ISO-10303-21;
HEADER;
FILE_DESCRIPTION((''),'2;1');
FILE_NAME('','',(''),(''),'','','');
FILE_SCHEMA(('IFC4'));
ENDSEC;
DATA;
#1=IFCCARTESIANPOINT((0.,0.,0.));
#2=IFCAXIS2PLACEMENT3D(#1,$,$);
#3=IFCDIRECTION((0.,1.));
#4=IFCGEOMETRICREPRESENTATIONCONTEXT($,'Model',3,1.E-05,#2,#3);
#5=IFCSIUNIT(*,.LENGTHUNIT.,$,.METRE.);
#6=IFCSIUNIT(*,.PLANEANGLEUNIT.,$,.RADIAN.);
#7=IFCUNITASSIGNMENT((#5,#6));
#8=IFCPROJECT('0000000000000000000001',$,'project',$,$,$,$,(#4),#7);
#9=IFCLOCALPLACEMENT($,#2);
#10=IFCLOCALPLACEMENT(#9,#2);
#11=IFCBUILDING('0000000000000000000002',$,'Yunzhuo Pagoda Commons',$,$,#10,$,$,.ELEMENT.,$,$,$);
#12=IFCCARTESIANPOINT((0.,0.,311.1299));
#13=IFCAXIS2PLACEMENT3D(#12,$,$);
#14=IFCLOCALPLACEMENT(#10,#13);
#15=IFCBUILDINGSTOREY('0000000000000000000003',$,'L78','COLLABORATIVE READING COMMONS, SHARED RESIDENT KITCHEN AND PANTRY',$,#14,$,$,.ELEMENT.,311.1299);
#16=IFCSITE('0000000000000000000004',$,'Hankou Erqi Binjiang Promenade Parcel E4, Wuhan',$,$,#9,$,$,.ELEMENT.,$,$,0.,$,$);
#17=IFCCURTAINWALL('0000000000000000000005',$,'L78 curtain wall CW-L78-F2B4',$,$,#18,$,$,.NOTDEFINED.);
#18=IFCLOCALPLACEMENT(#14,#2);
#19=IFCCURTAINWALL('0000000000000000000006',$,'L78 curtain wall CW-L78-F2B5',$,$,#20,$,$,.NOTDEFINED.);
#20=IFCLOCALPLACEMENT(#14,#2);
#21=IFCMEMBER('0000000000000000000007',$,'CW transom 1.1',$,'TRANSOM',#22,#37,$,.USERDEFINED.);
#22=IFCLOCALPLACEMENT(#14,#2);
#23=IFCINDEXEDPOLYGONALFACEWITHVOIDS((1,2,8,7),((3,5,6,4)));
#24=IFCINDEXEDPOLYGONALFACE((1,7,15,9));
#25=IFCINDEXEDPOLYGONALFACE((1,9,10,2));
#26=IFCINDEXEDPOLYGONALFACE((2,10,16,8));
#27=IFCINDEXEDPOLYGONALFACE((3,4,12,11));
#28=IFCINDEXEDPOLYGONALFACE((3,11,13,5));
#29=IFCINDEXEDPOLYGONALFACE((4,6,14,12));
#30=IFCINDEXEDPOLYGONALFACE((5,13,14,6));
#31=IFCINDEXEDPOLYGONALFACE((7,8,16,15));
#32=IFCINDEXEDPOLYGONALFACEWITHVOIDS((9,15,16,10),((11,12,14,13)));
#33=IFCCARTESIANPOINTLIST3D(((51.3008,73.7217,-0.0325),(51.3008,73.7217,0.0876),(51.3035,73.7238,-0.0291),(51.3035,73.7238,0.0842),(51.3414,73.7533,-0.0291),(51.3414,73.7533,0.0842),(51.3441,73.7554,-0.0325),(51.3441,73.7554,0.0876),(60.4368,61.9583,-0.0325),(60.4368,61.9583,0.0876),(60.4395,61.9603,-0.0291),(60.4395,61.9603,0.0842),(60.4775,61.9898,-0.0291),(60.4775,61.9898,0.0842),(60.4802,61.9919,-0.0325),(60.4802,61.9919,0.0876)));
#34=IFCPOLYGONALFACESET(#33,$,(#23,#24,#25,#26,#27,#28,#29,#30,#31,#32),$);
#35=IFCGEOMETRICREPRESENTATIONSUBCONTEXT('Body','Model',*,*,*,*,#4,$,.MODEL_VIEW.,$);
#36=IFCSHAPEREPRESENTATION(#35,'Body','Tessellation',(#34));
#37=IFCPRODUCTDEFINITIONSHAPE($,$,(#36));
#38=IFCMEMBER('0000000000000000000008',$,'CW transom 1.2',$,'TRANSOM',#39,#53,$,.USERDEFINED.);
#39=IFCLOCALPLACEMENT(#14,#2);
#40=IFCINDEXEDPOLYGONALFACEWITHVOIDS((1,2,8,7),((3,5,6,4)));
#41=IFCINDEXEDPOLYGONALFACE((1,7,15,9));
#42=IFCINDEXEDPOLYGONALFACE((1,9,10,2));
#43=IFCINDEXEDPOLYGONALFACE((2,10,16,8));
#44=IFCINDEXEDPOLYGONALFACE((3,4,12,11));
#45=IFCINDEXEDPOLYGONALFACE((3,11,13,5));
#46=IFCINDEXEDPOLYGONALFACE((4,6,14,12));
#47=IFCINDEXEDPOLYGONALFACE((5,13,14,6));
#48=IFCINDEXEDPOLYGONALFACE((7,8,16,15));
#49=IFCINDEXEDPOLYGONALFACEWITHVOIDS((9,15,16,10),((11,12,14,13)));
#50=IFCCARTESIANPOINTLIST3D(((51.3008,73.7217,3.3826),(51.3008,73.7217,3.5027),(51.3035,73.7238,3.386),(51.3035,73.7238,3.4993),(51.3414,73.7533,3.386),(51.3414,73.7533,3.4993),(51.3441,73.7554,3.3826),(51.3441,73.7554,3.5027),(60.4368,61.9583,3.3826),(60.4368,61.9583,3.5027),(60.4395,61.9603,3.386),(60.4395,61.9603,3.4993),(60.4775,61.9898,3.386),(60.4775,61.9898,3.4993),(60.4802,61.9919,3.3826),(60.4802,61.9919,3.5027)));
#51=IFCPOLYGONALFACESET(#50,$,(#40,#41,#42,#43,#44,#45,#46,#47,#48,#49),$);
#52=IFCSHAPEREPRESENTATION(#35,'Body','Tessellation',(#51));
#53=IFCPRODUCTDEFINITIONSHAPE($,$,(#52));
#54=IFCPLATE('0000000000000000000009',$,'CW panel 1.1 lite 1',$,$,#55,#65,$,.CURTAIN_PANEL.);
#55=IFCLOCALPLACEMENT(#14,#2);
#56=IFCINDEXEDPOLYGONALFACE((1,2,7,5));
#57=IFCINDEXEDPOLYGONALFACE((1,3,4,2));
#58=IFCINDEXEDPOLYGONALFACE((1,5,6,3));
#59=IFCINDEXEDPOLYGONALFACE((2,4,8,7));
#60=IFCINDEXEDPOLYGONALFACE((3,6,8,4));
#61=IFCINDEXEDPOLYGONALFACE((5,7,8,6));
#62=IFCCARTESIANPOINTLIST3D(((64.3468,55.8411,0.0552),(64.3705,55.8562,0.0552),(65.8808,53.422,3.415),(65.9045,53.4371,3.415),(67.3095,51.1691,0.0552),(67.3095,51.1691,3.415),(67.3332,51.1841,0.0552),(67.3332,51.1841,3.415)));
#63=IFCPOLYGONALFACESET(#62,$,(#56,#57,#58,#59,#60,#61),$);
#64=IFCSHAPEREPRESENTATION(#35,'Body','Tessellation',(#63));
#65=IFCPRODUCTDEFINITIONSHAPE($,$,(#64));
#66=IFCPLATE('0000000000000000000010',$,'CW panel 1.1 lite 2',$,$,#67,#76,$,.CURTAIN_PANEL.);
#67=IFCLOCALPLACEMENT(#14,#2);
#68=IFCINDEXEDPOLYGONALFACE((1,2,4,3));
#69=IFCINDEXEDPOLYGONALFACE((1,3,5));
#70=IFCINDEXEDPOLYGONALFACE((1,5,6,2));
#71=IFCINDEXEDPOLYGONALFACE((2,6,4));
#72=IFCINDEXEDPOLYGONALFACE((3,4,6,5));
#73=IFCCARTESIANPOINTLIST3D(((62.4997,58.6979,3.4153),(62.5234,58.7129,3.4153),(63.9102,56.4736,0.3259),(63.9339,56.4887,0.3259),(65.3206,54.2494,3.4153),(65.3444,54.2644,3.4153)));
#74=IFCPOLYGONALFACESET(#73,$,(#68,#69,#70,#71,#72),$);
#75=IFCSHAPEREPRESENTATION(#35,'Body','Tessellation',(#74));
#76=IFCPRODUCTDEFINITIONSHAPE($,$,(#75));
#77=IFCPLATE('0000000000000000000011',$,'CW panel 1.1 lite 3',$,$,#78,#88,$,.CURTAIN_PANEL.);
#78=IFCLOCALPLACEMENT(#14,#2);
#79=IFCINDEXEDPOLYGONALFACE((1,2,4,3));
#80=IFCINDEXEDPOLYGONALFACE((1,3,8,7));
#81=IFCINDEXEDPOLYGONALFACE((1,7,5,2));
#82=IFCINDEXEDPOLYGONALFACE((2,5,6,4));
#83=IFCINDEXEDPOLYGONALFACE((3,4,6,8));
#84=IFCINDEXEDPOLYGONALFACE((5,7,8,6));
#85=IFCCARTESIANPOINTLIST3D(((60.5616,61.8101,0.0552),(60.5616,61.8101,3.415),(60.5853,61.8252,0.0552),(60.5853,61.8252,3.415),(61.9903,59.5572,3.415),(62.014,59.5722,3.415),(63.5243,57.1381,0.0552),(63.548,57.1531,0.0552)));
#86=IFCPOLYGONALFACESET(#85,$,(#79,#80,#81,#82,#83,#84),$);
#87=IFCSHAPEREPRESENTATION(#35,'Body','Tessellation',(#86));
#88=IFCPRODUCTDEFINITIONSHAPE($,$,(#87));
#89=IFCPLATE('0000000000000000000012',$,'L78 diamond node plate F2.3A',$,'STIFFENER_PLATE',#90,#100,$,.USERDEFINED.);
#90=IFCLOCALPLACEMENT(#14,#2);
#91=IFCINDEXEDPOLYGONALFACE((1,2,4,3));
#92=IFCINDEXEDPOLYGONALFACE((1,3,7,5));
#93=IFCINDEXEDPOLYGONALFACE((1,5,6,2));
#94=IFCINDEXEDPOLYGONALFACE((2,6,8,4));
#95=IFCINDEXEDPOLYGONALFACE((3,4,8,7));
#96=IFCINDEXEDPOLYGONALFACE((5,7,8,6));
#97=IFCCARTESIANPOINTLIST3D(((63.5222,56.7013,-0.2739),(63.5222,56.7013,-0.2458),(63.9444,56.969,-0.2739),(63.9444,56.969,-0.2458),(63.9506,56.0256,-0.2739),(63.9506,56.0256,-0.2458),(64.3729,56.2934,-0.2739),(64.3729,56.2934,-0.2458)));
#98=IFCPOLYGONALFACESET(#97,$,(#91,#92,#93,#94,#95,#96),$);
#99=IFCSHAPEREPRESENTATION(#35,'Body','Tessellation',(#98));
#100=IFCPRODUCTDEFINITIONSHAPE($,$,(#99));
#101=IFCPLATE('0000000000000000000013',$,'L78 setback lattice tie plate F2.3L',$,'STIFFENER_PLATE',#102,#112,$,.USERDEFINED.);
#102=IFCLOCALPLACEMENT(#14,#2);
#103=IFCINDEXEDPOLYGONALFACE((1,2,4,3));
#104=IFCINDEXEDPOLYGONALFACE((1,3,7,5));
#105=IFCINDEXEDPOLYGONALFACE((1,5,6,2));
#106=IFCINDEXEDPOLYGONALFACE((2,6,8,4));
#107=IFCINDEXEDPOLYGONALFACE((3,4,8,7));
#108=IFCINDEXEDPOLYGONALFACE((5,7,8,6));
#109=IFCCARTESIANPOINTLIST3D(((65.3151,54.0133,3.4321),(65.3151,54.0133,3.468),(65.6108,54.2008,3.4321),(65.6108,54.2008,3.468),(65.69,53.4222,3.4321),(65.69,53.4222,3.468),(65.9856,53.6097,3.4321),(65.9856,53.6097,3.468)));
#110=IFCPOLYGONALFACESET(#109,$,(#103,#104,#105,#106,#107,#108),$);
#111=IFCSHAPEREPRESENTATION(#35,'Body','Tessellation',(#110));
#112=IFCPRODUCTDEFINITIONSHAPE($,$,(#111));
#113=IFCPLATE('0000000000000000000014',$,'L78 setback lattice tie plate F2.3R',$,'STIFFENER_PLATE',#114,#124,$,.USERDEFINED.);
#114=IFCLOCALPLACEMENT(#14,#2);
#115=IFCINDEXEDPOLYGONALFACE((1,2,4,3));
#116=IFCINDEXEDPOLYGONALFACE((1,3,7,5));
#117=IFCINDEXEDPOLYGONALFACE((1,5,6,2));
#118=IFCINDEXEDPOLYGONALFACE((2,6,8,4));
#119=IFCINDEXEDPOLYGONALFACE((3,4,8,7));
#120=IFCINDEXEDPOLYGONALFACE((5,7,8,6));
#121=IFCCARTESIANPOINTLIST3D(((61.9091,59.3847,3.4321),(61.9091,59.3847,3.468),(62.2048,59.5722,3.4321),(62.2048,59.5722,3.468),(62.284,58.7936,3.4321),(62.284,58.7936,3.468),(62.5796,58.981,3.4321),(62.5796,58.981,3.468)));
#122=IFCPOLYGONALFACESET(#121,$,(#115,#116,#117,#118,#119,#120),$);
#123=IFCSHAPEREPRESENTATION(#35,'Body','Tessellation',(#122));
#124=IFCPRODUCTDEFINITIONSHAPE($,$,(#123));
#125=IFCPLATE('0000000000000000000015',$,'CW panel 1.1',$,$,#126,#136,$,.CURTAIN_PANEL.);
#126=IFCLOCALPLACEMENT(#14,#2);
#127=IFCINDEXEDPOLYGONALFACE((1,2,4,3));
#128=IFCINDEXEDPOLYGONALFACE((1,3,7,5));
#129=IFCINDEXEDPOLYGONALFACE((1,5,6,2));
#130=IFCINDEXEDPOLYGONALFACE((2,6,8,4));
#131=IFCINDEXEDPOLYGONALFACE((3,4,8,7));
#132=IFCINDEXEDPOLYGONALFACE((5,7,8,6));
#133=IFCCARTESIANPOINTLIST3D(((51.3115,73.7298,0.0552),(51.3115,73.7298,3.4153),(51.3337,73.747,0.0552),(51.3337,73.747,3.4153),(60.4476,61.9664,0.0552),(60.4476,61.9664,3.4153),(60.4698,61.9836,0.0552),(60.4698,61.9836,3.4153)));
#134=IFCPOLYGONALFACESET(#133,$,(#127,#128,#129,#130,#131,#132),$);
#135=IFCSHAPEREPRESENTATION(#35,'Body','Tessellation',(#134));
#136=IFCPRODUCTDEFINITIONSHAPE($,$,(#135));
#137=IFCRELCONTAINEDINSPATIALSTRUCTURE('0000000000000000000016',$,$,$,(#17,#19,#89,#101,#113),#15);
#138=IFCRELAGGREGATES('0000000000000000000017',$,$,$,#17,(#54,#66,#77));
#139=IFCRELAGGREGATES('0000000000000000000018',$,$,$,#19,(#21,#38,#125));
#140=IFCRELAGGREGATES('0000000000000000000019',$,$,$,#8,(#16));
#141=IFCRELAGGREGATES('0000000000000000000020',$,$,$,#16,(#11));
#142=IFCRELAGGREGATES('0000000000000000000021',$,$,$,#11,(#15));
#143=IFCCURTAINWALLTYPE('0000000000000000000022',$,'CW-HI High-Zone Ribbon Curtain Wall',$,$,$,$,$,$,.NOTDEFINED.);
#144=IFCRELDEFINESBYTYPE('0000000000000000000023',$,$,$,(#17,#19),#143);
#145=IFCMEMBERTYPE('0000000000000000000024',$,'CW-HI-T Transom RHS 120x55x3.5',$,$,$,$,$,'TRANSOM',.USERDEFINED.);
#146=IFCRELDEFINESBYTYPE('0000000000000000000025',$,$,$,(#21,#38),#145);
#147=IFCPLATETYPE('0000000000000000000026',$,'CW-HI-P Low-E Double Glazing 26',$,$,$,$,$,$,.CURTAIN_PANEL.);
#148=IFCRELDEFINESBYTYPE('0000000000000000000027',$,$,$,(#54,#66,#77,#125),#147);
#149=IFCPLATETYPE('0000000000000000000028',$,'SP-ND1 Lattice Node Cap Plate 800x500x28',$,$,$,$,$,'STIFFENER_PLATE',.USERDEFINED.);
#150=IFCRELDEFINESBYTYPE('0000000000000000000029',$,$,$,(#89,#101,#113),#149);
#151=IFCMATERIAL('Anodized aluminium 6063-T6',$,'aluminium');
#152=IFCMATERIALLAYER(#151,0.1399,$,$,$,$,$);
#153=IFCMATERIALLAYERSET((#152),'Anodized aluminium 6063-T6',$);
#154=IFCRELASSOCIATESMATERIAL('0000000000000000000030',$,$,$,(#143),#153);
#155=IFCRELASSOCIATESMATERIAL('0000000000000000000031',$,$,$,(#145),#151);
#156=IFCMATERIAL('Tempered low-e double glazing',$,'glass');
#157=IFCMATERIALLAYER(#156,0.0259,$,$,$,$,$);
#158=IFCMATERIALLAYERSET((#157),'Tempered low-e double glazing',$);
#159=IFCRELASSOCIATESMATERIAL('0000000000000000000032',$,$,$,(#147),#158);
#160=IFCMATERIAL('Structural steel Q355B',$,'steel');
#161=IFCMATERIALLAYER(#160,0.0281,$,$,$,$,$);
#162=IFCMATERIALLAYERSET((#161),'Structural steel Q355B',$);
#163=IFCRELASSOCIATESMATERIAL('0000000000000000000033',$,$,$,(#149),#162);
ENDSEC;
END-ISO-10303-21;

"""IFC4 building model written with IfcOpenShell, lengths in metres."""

from ifc_helpers import new_model, si_unit, direction, frame, origin, origin_2d, place, context, subcontext, project, spatial, polyline, rectangle, hollow_rectangle, outline, extrude, source, transform, mapped, material, layer, layer_set, material_profile, profile_set, type_object, element, aggregate, save


model = new_model("IFC4")

# Units and contexts
model_context = context("Model", 3, precision=1e-05, world=origin(), true_north=direction((0.0, 1.0)))
body_context = subcontext(model_context, "Body", "Model", "MODEL_VIEW")
ifc_project = project(units=[si_unit("LENGTHUNIT", "METRE"), si_unit("PLANEANGLEUNIT", "RADIAN")], contexts=[model_context])

# Site, building, storey
site_placement = place(None, origin())
site = spatial("IfcSite", under=ifc_project, at=site_placement, Name="Hankou Erqi Binjiang Promenade Parcel E4, Wuhan", CompositionType="ELEMENT", RefElevation=0.0)
building_placement = place(site_placement, origin())
building = spatial("IfcBuilding", under=site, at=building_placement, Name="Yunzhuo Pagoda Commons", CompositionType="ELEMENT")
storey_placement = place(building_placement, frame((0.0, 0.0, 311.1299)))
storey = spatial("IfcBuildingStorey", under=building, at=storey_placement, Name="L78", Description="COLLABORATIVE READING COMMONS, SHARED RESIDENT KITCHEN AND PANTRY", CompositionType="ELEMENT", Elevation=311.1299)

# Shared definitions
ifc_material_1 = material(Name="Structural steel Q355B", Category="steel")

# Curtain wall
ifc_material_2 = material(Name="Anodized aluminium 6063-T6", Category="aluminium")
ifc_layer_1 = layer(ifc_material_2, 0.1399)
ifc_layer_set_1 = layer_set([ifc_layer_1], Name="Anodized aluminium 6063-T6")
curtain_wall_type = type_object("IfcCurtainWallType", Name="CW-HI High-Zone Ribbon Curtain Wall", PredefinedType="NOTDEFINED", material=ifc_layer_set_1)
curtain_wall_1_placement = place(storey_placement, origin())
curtain_wall_1 = element("IfcCurtainWall", 1, at=curtain_wall_1_placement, inside=storey, type_object=curtain_wall_type, Name="L78 curtain wall CW-L78-F2B4", PredefinedType="NOTDEFINED")

# Curtain wall, members
curtain_wall_2_placement = place(storey_placement, origin())
curtain_wall_2 = element("IfcCurtainWall", 2, at=curtain_wall_2_placement, inside=storey, type_object=curtain_wall_type, Name="L78 curtain wall CW-L78-F2B5", PredefinedType="NOTDEFINED")
ifc_material_profile_1 = material_profile(ifc_material_2, hollow_rectangle(XDim=0.0549, YDim=0.1201, WallThickness=0.0034, at=origin_2d()), Name="Anodized aluminium 6063-T6")
ifc_profile_set_1 = profile_set([ifc_material_profile_1], Name="Anodized aluminium 6063-T6")
member_type_1 = type_object("IfcMemberType", Name="CW-HI-T Transom RHS 120x55x3.5", ElementType="TRANSOM", PredefinedType="USERDEFINED", material=ifc_profile_set_1)
shared_shape_1 = source(origin(), body_context, "Body", "SweptSolid", [
    extrude(hollow_rectangle(XDim=0.0549, YDim=0.1201, WallThickness=0.0034, at=origin_2d()), origin(), (0.0, 0.0, 1.0), 14.8945),
])
member_1_placement = place(storey_placement, frame((60.4585, 61.9751, 0.0276), z_axis=(-0.613382, 0.789786, 0.0), x_axis=(-0.789786, -0.613382, 0.0)))
member_1 = element("IfcMember", 3, at=member_1_placement, type_object=member_type_1, Name="CW transom 1.1", ObjectType="TRANSOM", PredefinedType="USERDEFINED", context=body_context, shape_type="MappedRepresentation", body=[
    mapped(shared_shape_1, transform((0.0, 0.0, 0.0), scale=1.0)),
])
member_2_placement = place(storey_placement, frame((60.4585, 61.9751, 3.4426), z_axis=(-0.613382, 0.789786, 0.0), x_axis=(-0.789786, -0.613382, 0.0)))
member_2 = element("IfcMember", 4, at=member_2_placement, type_object=member_type_1, Name="CW transom 1.2", ObjectType="TRANSOM", PredefinedType="USERDEFINED", context=body_context, shape_type="MappedRepresentation", body=[
    mapped(shared_shape_1, transform((0.0, 0.0, 0.0), scale=1.0)),
])

# Plates
ifc_material_3 = material(Name="Tempered low-e double glazing", Category="glass")
ifc_layer_2 = layer(ifc_material_3, 0.0259)
ifc_layer_set_2 = layer_set([ifc_layer_2], Name="Tempered low-e double glazing")
plate_type_1 = type_object("IfcPlateType", Name="CW-HI-P Low-E Double Glazing 26", PredefinedType="CURTAIN_PANEL", material=ifc_layer_set_2)
plate_1_placement = place(storey_placement, frame((65.8281, 53.5051, 1.7351), z_axis=(0.844513, 0.535535, 0.0), x_axis=(-0.535535, 0.844513, 0.0)))
plate_1 = element("IfcPlate", 5, at=plate_1_placement, type_object=plate_type_1, Name="CW panel 1.1 lite 1", PredefinedType="CURTAIN_PANEL", context=body_context, shape_type="SweptSolid", body=[
    extrude(outline(polyline([(-2.7661, -1.6799), (2.7661, -1.6799), (-0.0984, 1.6799), (-2.7661, 1.6799), (-2.7661, -1.6799)])), origin(), (0.0, 0.0, 1.0), 0.0281),
])
plate_2_placement = place(storey_placement, frame((63.9102, 56.4736, 1.8706), z_axis=(0.844513, 0.535535, 0.0), x_axis=(-0.535535, 0.844513, 0.0)))
plate_2 = element("IfcPlate", 6, at=plate_2_placement, type_object=plate_type_1, Name="CW panel 1.1 lite 2", PredefinedType="CURTAIN_PANEL", context=body_context, shape_type="SweptSolid", body=[
    extrude(outline(polyline([(-2.6338, 1.5447), (0.0, -1.5447), (2.6338, 1.5447), (-2.6338, 1.5447)])), origin(), (0.0, 0.0, 1.0), 0.0281),
])
plate_3_placement = place(storey_placement, frame((62.043, 59.4741, 1.7351), z_axis=(0.844513, 0.535535, 0.0), x_axis=(-0.535535, 0.844513, 0.0)))
plate_3 = element("IfcPlate", 7, at=plate_3_placement, type_object=plate_type_1, Name="CW panel 1.1 lite 3", PredefinedType="CURTAIN_PANEL", context=body_context, shape_type="SweptSolid", body=[
    extrude(outline(polyline([(-2.7661, -1.6799), (2.7661, -1.6799), (2.7661, 1.6799), (0.0984, 1.6799), (-2.7661, -1.6799)])), origin(), (0.0, 0.0, 1.0), 0.0281),
])
aggregate(curtain_wall_1, [plate_1, plate_2, plate_3])

# Plates
ifc_layer_3 = layer(ifc_material_1, 0.0281)
ifc_layer_set_3 = layer_set([ifc_layer_3], Name="Structural steel Q355B")
plate_type_2 = type_object("IfcPlateType", Name="SP-ND1 Lattice Node Cap Plate 800x500x28", ElementType="STIFFENER_PLATE", PredefinedType="USERDEFINED", material=ifc_layer_set_3)
shared_shape_2 = source(origin(), body_context, "Body", "SweptSolid", [
    extrude(rectangle(XDim=0.8, YDim=0.5, at=origin_2d()), origin(), (0.0, 0.0, 1.0), 0.0281),
])
plate_4_placement = place(storey_placement, frame((63.9475, 56.4973, -0.2739), z_axis=(0.0, 0.0, 1.0), x_axis=(-0.535532, 0.844515, 0.0)))
element("IfcPlate", 8, at=plate_4_placement, inside=storey, type_object=plate_type_2, Name="L78 diamond node plate F2.3A", ObjectType="STIFFENER_PLATE", PredefinedType="USERDEFINED", context=body_context, shape_type="MappedRepresentation", body=[
    mapped(shared_shape_2, transform((0.0, 0.0, 0.0), scale=1.0)),
])
shared_shape_3 = source(origin(), body_context, "Body", "SweptSolid", [
    extrude(rectangle(XDim=0.7, YDim=0.3501, at=origin_2d()), origin(), (0.0, 0.0, 1.0), 0.0359),
])
for number, where, z_axis, x_axis, name in (
    (9, (65.6504, 53.8115, 3.4321), (0.0, 0.0, 1.0), (-0.535532, 0.844515, 0.0), "L78 setback lattice tie plate F2.3L"),
    (10, (62.2444, 59.1829, 3.4321), (0.0, 0.0, 1.0), (-0.535532, 0.844515, 0.0), "L78 setback lattice tie plate F2.3R"),
):
    element("IfcPlate", number, at=place(storey_placement, frame(where, z_axis=z_axis, x_axis=x_axis)), inside=storey, type_object=plate_type_2, Name=name, ObjectType="STIFFENER_PLATE", PredefinedType="USERDEFINED", context=body_context, shape_type="MappedRepresentation", body=[
        mapped(shared_shape_3, transform((0.0, 0.0, 0.0), scale=1.0)),
    ])

# Plate
shared_shape_4 = source(origin(), body_context, "Body", "SweptSolid", [
    extrude(rectangle(XDim=14.8945, YDim=0.0281, at=origin_2d()), origin(), (0.0, 0.0, 1.0), 3.3601),
])
plate_5_placement = place(storey_placement, frame((55.8906, 67.8567, 0.0552), z_axis=(0.0, 0.0, 1.0), x_axis=(-0.613387, 0.789783, 0.0)))
plate_5 = element("IfcPlate", 11, at=plate_5_placement, type_object=plate_type_1, Name="CW panel 1.1", PredefinedType="CURTAIN_PANEL", context=body_context, shape_type="MappedRepresentation", body=[
    mapped(shared_shape_4, transform((0.0, 0.0, 0.0), scale=1.0)),
])
aggregate(curtain_wall_2, [member_1, member_2, plate_5])

save(model, "model.ifc")
